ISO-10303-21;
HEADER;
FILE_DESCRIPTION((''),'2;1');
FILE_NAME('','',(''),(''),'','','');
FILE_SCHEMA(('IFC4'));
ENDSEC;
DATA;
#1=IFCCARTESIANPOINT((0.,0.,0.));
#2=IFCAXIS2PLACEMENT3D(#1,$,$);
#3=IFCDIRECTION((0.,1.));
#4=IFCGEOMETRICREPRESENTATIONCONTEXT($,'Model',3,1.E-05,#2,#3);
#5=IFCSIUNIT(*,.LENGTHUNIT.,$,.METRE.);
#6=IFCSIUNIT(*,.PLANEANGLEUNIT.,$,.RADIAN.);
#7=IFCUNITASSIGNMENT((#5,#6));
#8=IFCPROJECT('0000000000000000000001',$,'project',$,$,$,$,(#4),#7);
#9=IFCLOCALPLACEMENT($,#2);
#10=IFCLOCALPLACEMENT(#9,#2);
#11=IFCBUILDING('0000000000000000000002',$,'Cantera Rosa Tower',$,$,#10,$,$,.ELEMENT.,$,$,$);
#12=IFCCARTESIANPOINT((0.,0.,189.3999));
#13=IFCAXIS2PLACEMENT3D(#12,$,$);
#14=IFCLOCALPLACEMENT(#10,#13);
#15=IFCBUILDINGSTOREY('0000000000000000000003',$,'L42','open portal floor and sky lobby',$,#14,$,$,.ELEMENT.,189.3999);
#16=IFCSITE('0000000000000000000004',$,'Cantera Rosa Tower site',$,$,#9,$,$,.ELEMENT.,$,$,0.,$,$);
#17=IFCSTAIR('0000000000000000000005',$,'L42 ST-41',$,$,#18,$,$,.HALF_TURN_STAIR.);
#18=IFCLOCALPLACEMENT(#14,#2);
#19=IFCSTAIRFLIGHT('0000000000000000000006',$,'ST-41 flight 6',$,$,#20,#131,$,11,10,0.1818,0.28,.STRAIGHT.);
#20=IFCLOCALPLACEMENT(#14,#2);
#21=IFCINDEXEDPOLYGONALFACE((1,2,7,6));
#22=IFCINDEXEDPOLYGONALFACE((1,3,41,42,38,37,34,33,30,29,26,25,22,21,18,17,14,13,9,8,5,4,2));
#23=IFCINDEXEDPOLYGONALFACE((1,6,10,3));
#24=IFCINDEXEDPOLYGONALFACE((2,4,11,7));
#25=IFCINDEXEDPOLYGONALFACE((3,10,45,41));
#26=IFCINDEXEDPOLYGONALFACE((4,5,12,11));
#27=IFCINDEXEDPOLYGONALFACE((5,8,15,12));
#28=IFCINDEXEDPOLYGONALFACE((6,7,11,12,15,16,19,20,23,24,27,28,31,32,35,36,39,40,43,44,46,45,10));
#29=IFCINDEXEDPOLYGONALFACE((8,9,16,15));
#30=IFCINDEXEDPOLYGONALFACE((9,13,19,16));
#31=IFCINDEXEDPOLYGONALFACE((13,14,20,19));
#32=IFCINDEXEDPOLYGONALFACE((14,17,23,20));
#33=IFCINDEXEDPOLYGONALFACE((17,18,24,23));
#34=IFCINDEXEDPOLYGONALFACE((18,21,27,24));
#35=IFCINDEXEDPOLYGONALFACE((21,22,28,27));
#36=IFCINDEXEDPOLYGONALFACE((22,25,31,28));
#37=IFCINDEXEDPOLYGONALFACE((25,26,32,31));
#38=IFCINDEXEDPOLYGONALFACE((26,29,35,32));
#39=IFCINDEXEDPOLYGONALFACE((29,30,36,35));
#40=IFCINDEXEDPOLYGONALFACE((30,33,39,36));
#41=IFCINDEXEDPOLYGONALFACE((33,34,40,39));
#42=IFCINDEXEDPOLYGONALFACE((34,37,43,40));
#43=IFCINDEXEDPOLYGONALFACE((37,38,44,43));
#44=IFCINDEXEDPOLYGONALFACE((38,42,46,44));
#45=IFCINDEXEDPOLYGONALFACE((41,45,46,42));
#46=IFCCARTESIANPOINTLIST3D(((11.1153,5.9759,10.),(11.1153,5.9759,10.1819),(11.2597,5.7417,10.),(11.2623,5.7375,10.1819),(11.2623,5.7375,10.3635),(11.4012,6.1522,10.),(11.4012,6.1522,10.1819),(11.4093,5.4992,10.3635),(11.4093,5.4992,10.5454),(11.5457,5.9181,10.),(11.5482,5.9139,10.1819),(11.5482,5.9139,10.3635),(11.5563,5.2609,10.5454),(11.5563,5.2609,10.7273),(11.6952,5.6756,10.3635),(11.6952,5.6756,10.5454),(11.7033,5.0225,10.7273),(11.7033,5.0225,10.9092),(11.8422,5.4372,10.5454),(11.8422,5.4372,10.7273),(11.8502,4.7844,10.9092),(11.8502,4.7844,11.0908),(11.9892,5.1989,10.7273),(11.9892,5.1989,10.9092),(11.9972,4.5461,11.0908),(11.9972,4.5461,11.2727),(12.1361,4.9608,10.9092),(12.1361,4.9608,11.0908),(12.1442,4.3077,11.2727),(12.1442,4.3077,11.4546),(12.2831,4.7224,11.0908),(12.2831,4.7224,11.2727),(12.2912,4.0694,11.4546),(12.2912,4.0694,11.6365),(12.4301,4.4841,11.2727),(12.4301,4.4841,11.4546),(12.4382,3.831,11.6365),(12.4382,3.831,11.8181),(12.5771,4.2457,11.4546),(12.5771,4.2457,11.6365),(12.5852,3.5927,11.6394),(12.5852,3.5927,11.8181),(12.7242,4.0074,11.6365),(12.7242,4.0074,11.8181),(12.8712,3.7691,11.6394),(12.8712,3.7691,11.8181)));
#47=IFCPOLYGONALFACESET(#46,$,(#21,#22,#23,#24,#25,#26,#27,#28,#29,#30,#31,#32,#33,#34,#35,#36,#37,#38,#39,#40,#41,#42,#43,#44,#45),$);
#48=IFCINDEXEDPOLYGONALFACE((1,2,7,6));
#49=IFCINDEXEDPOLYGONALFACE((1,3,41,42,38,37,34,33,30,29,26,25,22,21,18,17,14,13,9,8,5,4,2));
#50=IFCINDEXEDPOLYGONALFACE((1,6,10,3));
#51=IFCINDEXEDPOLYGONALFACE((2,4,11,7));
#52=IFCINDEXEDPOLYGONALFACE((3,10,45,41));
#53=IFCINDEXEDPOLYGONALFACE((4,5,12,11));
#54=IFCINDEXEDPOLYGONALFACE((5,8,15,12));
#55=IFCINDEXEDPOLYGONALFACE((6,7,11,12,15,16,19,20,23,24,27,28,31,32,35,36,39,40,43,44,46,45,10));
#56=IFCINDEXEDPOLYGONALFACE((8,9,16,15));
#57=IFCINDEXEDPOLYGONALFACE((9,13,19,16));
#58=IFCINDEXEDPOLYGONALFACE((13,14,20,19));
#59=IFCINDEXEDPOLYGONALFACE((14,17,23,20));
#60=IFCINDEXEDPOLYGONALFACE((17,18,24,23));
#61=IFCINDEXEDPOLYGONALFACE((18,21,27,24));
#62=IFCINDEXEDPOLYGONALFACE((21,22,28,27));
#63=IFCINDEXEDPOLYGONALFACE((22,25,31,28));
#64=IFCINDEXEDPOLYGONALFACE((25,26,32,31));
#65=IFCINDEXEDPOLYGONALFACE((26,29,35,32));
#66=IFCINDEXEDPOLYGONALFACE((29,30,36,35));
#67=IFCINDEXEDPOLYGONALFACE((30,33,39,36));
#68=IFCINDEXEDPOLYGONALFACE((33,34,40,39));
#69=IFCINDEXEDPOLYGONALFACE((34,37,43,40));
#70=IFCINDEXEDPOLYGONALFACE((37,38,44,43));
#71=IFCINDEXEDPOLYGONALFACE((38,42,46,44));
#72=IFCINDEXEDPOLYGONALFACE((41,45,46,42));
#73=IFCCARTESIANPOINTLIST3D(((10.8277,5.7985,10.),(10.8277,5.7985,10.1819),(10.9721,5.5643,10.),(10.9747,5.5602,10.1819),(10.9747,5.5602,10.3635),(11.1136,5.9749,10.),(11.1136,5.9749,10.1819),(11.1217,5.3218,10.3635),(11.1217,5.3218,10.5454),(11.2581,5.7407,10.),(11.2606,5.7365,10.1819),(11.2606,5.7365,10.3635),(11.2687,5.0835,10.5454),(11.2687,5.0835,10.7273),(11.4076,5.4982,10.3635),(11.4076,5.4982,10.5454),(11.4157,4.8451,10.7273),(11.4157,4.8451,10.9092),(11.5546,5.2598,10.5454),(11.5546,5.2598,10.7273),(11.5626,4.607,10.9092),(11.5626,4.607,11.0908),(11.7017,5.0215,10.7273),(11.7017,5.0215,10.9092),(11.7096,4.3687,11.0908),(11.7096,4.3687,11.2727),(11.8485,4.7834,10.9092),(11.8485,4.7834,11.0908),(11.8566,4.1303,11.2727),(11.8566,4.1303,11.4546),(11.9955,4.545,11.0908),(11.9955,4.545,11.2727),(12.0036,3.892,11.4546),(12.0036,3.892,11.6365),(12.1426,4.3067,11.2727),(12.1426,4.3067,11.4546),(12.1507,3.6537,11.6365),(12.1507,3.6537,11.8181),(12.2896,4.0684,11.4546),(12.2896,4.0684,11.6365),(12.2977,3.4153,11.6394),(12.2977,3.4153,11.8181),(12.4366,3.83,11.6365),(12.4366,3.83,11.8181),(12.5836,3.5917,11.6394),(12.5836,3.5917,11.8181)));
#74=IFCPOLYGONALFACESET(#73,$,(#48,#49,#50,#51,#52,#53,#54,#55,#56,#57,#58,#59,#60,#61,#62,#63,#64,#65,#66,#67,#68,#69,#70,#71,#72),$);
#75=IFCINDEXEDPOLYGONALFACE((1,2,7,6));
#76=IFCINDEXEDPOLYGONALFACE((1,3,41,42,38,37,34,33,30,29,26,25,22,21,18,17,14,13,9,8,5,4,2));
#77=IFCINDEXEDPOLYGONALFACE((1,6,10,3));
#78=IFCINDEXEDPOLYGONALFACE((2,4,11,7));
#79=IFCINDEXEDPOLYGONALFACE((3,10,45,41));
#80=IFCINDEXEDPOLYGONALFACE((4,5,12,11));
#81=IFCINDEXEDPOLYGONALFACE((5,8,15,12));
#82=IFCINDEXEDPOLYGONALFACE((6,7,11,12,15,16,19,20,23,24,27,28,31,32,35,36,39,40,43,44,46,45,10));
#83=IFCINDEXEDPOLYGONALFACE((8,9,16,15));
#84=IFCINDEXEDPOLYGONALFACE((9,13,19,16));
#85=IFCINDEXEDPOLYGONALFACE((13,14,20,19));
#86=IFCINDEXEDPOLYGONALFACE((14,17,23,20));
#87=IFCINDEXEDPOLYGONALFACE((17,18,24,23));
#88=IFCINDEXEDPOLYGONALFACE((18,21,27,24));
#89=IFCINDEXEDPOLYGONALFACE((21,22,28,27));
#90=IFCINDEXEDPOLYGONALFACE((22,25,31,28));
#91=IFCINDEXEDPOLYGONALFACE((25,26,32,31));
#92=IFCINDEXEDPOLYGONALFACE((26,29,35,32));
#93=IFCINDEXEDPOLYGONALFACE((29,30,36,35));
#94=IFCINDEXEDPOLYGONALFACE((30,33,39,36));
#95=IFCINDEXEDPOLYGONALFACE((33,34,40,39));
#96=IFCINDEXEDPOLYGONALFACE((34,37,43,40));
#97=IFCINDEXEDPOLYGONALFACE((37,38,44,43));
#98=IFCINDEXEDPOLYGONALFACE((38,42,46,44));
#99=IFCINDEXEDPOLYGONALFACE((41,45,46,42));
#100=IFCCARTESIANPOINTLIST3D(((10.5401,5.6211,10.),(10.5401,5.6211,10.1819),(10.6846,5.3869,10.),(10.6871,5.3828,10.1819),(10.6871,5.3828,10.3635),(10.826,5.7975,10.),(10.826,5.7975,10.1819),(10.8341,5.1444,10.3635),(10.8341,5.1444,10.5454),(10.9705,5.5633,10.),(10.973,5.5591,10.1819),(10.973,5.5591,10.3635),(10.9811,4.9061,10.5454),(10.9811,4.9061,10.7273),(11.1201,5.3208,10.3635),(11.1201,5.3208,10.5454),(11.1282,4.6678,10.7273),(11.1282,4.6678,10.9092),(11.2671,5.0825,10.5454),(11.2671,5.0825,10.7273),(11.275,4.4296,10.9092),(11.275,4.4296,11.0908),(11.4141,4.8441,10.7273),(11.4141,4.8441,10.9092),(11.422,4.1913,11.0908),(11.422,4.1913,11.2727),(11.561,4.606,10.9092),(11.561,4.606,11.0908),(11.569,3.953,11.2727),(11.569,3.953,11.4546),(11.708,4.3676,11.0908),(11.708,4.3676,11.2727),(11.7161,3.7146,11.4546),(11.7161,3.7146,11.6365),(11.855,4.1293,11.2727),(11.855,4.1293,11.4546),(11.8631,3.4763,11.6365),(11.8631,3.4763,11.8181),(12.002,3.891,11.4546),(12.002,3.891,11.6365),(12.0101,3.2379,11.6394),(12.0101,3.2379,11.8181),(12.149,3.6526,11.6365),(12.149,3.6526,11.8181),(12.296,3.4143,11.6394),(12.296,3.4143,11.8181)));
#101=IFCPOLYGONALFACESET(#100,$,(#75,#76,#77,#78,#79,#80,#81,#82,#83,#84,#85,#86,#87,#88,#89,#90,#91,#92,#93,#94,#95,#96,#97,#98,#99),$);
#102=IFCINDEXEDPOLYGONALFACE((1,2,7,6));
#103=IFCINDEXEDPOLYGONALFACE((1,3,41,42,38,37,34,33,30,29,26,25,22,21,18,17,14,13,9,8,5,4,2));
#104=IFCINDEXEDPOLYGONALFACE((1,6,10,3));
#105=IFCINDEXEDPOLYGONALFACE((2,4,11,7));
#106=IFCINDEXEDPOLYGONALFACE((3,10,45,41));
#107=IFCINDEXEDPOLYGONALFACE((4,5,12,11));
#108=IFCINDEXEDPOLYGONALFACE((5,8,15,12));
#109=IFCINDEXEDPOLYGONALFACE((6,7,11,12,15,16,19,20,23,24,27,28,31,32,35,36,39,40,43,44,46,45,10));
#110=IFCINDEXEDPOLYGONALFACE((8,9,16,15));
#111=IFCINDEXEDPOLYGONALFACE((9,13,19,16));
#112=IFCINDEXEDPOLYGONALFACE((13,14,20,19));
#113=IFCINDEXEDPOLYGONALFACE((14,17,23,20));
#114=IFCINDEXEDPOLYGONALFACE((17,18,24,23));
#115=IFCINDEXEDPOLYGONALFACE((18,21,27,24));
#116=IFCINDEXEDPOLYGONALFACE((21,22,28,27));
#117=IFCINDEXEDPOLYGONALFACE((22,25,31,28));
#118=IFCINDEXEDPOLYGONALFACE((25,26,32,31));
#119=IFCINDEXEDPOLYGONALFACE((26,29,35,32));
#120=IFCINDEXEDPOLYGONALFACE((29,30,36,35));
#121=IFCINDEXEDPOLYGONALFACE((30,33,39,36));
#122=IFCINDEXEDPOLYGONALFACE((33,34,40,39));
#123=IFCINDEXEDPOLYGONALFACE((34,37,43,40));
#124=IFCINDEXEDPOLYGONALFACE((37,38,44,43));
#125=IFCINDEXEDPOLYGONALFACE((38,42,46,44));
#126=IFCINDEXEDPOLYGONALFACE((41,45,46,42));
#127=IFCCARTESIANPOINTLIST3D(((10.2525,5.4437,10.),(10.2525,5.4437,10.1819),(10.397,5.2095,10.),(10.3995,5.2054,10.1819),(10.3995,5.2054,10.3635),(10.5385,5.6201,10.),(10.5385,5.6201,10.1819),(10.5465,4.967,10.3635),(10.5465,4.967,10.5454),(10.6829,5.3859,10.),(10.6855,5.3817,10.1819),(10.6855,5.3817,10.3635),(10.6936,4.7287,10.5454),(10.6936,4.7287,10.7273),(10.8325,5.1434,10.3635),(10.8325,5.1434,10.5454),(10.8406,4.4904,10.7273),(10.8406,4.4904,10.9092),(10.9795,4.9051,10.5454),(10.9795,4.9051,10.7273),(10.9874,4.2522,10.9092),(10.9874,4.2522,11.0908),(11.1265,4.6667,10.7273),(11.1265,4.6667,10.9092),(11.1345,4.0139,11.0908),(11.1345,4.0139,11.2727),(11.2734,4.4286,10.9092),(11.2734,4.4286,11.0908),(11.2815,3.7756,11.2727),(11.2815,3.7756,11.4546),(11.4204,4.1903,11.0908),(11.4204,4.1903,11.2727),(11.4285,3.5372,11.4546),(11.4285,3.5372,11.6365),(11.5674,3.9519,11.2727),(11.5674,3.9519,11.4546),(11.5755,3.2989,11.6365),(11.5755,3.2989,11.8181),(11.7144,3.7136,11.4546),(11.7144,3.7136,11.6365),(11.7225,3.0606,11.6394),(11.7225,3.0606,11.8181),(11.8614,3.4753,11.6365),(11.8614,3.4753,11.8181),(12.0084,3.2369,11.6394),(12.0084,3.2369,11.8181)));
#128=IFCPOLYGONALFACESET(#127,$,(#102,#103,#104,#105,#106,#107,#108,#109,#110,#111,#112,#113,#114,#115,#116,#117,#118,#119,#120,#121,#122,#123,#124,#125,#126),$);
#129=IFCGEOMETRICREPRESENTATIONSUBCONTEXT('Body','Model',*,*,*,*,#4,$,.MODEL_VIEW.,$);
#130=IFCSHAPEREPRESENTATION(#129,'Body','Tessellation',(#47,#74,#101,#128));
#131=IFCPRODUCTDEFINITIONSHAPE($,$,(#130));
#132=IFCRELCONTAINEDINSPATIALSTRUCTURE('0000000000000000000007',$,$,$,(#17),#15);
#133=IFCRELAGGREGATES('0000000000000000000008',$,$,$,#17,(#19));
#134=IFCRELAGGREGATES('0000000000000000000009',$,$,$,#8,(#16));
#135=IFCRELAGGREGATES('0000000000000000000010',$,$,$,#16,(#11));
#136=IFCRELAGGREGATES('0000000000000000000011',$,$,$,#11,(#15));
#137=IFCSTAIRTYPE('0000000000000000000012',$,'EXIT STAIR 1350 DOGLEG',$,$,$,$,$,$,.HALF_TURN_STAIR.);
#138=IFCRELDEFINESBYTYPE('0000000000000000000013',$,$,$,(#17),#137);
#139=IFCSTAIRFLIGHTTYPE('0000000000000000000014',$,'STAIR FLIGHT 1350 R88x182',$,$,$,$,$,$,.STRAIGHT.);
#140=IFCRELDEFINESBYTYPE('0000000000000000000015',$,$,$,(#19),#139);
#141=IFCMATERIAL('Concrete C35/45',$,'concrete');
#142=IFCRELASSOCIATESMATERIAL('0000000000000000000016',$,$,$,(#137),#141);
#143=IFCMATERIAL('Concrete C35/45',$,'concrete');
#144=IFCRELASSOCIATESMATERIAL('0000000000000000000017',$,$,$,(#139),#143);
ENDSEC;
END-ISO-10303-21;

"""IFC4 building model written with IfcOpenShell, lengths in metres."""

from ifc_helpers import new_model, si_unit, direction, frame, origin, place, context, subcontext, project, spatial, polyline, outline, extrude, material, type_object, element, aggregate, save


model = new_model("IFC4")

# Units and contexts
model_context = context("Model", 3, precision=1e-05, world=origin(), true_north=direction((0.0, 1.0)))
body_context = subcontext(model_context, "Body", "Model", "MODEL_VIEW")
ifc_project = project(units=[si_unit("LENGTHUNIT", "METRE"), si_unit("PLANEANGLEUNIT", "RADIAN")], contexts=[model_context])

# Site, building, storey
site_placement = place(None, origin())
site = spatial("IfcSite", under=ifc_project, at=site_placement, Name="Cantera Rosa Tower site", CompositionType="ELEMENT", RefElevation=0.0)
building_placement = place(site_placement, origin())
building = spatial("IfcBuilding", under=site, at=building_placement, Name="Cantera Rosa Tower", CompositionType="ELEMENT")
storey_placement = place(building_placement, frame((0.0, 0.0, 189.3999)))
storey = spatial("IfcBuildingStorey", under=building, at=storey_placement, Name="L42", Description="open portal floor and sky lobby", CompositionType="ELEMENT", Elevation=189.3999)

# Stair, stair flight
ifc_material_1 = material(Name="Concrete C35/45", Category="concrete")
stair_type = type_object("IfcStairType", Name="EXIT STAIR 1350 DOGLEG", PredefinedType="HALF_TURN_STAIR", material=ifc_material_1)
stair_placement = place(storey_placement, origin())
stair = element("IfcStair", 1, at=stair_placement, inside=storey, type_object=stair_type, Name="L42 ST-41", PredefinedType="HALF_TURN_STAIR")
ifc_material_2 = material(Name="Concrete C35/45", Category="concrete")
stair_flight_type = type_object("IfcStairFlightType", Name="STAIR FLIGHT 1350 R88x182", PredefinedType="STRAIGHT", material=ifc_material_2)
stair_flight_1_placement = place(storey_placement, frame((10.8267, 5.7979, 10.0), z_axis=(0.0, 0.0, 1.0), x_axis=(0.524977, -0.851117, 0.0)))
stair_flight_1 = element("IfcStairFlight", 2, at=stair_flight_1_placement, type_object=stair_flight_type, Name="ST-41 flight 6", NumberOfRisers=11, NumberOfTreads=10, PredefinedType="STRAIGHT", RiserHeight=0.1818, TreadLength=0.28, context=body_context, shape_type="SweptSolid", body=[
    extrude(outline(polyline([(0.0, 0.0), (0.0, 0.1819), (0.28, 0.1819), (0.28, 0.3635), (0.5601, 0.3635), (0.5601, 0.5454), (0.8401, 0.5454), (0.8401, 0.7273), (1.1201, 0.7273), (1.1201, 0.9092), (1.3999, 0.9092), (1.3999, 1.0908), (1.6799, 1.0908), (1.6799, 1.2727), (1.96, 1.2727), (1.96, 1.4546), (2.24, 1.4546), (2.24, 1.6365), (2.52, 1.6365), (2.52, 1.8181), (2.8, 1.8181), (2.8, 2.0), (2.8, 1.6394), (0.2751, 0.0), (0.0, 0.0)])), frame((0.0, 0.675, 0.0), z_axis=(0.0, -1.0, 0.0), x_axis=(1.0, 0.0, 0.0)), (0.0, 0.0, 1.0), 0.3359),
    extrude(outline(polyline([(0.0, 0.0), (0.0, 0.1819), (0.28, 0.1819), (0.28, 0.3635), (0.5601, 0.3635), (0.5601, 0.5454), (0.8401, 0.5454), (0.8401, 0.7273), (1.1201, 0.7273), (1.1201, 0.9092), (1.3999, 0.9092), (1.3999, 1.0908), (1.6799, 1.0908), (1.6799, 1.2727), (1.96, 1.2727), (1.96, 1.4546), (2.24, 1.4546), (2.24, 1.6365), (2.52, 1.6365), (2.52, 1.8181), (2.8, 1.8181), (2.8, 2.0), (2.8, 1.6394), (0.2751, 0.0), (0.0, 0.0)])), frame((0.0, 0.3372, 0.0), z_axis=(0.0, -1.0, 0.0), x_axis=(1.0, 0.0, 0.0)), (0.0, 0.0, 1.0), 0.3359),
    extrude(outline(polyline([(0.0, 0.0), (0.0, 0.1819), (0.28, 0.1819), (0.28, 0.3635), (0.5601, 0.3635), (0.5601, 0.5454), (0.8401, 0.5454), (0.8401, 0.7273), (1.1201, 0.7273), (1.1201, 0.9092), (1.3999, 0.9092), (1.3999, 1.0908), (1.6799, 1.0908), (1.6799, 1.2727), (1.96, 1.2727), (1.96, 1.4546), (2.24, 1.4546), (2.24, 1.6365), (2.52, 1.6365), (2.52, 1.8181), (2.8, 1.8181), (2.8, 2.0), (2.8, 1.6394), (0.2751, 0.0), (0.0, 0.0)])), frame((0.0, -0.0007, 0.0), z_axis=(0.0, -1.0, 0.0), x_axis=(1.0, 0.0, 0.0)), (0.0, 0.0, 1.0), 0.3359),
    extrude(outline(polyline([(0.0, 0.0), (0.0, 0.1819), (0.28, 0.1819), (0.28, 0.3635), (0.5601, 0.3635), (0.5601, 0.5454), (0.8401, 0.5454), (0.8401, 0.7273), (1.1201, 0.7273), (1.1201, 0.9092), (1.3999, 0.9092), (1.3999, 1.0908), (1.6799, 1.0908), (1.6799, 1.2727), (1.96, 1.2727), (1.96, 1.4546), (2.24, 1.4546), (2.24, 1.6365), (2.52, 1.6365), (2.52, 1.8181), (2.8, 1.8181), (2.8, 2.0), (2.8, 1.6394), (0.2751, 0.0), (0.0, 0.0)])), frame((0.0, -0.3386, 0.0), z_axis=(0.0, -1.0, 0.0), x_axis=(1.0, 0.0, 0.0)), (0.0, 0.0, 1.0), 0.3359),
])
aggregate(stair, [stair_flight_1])

save(model, "model.ifc")
